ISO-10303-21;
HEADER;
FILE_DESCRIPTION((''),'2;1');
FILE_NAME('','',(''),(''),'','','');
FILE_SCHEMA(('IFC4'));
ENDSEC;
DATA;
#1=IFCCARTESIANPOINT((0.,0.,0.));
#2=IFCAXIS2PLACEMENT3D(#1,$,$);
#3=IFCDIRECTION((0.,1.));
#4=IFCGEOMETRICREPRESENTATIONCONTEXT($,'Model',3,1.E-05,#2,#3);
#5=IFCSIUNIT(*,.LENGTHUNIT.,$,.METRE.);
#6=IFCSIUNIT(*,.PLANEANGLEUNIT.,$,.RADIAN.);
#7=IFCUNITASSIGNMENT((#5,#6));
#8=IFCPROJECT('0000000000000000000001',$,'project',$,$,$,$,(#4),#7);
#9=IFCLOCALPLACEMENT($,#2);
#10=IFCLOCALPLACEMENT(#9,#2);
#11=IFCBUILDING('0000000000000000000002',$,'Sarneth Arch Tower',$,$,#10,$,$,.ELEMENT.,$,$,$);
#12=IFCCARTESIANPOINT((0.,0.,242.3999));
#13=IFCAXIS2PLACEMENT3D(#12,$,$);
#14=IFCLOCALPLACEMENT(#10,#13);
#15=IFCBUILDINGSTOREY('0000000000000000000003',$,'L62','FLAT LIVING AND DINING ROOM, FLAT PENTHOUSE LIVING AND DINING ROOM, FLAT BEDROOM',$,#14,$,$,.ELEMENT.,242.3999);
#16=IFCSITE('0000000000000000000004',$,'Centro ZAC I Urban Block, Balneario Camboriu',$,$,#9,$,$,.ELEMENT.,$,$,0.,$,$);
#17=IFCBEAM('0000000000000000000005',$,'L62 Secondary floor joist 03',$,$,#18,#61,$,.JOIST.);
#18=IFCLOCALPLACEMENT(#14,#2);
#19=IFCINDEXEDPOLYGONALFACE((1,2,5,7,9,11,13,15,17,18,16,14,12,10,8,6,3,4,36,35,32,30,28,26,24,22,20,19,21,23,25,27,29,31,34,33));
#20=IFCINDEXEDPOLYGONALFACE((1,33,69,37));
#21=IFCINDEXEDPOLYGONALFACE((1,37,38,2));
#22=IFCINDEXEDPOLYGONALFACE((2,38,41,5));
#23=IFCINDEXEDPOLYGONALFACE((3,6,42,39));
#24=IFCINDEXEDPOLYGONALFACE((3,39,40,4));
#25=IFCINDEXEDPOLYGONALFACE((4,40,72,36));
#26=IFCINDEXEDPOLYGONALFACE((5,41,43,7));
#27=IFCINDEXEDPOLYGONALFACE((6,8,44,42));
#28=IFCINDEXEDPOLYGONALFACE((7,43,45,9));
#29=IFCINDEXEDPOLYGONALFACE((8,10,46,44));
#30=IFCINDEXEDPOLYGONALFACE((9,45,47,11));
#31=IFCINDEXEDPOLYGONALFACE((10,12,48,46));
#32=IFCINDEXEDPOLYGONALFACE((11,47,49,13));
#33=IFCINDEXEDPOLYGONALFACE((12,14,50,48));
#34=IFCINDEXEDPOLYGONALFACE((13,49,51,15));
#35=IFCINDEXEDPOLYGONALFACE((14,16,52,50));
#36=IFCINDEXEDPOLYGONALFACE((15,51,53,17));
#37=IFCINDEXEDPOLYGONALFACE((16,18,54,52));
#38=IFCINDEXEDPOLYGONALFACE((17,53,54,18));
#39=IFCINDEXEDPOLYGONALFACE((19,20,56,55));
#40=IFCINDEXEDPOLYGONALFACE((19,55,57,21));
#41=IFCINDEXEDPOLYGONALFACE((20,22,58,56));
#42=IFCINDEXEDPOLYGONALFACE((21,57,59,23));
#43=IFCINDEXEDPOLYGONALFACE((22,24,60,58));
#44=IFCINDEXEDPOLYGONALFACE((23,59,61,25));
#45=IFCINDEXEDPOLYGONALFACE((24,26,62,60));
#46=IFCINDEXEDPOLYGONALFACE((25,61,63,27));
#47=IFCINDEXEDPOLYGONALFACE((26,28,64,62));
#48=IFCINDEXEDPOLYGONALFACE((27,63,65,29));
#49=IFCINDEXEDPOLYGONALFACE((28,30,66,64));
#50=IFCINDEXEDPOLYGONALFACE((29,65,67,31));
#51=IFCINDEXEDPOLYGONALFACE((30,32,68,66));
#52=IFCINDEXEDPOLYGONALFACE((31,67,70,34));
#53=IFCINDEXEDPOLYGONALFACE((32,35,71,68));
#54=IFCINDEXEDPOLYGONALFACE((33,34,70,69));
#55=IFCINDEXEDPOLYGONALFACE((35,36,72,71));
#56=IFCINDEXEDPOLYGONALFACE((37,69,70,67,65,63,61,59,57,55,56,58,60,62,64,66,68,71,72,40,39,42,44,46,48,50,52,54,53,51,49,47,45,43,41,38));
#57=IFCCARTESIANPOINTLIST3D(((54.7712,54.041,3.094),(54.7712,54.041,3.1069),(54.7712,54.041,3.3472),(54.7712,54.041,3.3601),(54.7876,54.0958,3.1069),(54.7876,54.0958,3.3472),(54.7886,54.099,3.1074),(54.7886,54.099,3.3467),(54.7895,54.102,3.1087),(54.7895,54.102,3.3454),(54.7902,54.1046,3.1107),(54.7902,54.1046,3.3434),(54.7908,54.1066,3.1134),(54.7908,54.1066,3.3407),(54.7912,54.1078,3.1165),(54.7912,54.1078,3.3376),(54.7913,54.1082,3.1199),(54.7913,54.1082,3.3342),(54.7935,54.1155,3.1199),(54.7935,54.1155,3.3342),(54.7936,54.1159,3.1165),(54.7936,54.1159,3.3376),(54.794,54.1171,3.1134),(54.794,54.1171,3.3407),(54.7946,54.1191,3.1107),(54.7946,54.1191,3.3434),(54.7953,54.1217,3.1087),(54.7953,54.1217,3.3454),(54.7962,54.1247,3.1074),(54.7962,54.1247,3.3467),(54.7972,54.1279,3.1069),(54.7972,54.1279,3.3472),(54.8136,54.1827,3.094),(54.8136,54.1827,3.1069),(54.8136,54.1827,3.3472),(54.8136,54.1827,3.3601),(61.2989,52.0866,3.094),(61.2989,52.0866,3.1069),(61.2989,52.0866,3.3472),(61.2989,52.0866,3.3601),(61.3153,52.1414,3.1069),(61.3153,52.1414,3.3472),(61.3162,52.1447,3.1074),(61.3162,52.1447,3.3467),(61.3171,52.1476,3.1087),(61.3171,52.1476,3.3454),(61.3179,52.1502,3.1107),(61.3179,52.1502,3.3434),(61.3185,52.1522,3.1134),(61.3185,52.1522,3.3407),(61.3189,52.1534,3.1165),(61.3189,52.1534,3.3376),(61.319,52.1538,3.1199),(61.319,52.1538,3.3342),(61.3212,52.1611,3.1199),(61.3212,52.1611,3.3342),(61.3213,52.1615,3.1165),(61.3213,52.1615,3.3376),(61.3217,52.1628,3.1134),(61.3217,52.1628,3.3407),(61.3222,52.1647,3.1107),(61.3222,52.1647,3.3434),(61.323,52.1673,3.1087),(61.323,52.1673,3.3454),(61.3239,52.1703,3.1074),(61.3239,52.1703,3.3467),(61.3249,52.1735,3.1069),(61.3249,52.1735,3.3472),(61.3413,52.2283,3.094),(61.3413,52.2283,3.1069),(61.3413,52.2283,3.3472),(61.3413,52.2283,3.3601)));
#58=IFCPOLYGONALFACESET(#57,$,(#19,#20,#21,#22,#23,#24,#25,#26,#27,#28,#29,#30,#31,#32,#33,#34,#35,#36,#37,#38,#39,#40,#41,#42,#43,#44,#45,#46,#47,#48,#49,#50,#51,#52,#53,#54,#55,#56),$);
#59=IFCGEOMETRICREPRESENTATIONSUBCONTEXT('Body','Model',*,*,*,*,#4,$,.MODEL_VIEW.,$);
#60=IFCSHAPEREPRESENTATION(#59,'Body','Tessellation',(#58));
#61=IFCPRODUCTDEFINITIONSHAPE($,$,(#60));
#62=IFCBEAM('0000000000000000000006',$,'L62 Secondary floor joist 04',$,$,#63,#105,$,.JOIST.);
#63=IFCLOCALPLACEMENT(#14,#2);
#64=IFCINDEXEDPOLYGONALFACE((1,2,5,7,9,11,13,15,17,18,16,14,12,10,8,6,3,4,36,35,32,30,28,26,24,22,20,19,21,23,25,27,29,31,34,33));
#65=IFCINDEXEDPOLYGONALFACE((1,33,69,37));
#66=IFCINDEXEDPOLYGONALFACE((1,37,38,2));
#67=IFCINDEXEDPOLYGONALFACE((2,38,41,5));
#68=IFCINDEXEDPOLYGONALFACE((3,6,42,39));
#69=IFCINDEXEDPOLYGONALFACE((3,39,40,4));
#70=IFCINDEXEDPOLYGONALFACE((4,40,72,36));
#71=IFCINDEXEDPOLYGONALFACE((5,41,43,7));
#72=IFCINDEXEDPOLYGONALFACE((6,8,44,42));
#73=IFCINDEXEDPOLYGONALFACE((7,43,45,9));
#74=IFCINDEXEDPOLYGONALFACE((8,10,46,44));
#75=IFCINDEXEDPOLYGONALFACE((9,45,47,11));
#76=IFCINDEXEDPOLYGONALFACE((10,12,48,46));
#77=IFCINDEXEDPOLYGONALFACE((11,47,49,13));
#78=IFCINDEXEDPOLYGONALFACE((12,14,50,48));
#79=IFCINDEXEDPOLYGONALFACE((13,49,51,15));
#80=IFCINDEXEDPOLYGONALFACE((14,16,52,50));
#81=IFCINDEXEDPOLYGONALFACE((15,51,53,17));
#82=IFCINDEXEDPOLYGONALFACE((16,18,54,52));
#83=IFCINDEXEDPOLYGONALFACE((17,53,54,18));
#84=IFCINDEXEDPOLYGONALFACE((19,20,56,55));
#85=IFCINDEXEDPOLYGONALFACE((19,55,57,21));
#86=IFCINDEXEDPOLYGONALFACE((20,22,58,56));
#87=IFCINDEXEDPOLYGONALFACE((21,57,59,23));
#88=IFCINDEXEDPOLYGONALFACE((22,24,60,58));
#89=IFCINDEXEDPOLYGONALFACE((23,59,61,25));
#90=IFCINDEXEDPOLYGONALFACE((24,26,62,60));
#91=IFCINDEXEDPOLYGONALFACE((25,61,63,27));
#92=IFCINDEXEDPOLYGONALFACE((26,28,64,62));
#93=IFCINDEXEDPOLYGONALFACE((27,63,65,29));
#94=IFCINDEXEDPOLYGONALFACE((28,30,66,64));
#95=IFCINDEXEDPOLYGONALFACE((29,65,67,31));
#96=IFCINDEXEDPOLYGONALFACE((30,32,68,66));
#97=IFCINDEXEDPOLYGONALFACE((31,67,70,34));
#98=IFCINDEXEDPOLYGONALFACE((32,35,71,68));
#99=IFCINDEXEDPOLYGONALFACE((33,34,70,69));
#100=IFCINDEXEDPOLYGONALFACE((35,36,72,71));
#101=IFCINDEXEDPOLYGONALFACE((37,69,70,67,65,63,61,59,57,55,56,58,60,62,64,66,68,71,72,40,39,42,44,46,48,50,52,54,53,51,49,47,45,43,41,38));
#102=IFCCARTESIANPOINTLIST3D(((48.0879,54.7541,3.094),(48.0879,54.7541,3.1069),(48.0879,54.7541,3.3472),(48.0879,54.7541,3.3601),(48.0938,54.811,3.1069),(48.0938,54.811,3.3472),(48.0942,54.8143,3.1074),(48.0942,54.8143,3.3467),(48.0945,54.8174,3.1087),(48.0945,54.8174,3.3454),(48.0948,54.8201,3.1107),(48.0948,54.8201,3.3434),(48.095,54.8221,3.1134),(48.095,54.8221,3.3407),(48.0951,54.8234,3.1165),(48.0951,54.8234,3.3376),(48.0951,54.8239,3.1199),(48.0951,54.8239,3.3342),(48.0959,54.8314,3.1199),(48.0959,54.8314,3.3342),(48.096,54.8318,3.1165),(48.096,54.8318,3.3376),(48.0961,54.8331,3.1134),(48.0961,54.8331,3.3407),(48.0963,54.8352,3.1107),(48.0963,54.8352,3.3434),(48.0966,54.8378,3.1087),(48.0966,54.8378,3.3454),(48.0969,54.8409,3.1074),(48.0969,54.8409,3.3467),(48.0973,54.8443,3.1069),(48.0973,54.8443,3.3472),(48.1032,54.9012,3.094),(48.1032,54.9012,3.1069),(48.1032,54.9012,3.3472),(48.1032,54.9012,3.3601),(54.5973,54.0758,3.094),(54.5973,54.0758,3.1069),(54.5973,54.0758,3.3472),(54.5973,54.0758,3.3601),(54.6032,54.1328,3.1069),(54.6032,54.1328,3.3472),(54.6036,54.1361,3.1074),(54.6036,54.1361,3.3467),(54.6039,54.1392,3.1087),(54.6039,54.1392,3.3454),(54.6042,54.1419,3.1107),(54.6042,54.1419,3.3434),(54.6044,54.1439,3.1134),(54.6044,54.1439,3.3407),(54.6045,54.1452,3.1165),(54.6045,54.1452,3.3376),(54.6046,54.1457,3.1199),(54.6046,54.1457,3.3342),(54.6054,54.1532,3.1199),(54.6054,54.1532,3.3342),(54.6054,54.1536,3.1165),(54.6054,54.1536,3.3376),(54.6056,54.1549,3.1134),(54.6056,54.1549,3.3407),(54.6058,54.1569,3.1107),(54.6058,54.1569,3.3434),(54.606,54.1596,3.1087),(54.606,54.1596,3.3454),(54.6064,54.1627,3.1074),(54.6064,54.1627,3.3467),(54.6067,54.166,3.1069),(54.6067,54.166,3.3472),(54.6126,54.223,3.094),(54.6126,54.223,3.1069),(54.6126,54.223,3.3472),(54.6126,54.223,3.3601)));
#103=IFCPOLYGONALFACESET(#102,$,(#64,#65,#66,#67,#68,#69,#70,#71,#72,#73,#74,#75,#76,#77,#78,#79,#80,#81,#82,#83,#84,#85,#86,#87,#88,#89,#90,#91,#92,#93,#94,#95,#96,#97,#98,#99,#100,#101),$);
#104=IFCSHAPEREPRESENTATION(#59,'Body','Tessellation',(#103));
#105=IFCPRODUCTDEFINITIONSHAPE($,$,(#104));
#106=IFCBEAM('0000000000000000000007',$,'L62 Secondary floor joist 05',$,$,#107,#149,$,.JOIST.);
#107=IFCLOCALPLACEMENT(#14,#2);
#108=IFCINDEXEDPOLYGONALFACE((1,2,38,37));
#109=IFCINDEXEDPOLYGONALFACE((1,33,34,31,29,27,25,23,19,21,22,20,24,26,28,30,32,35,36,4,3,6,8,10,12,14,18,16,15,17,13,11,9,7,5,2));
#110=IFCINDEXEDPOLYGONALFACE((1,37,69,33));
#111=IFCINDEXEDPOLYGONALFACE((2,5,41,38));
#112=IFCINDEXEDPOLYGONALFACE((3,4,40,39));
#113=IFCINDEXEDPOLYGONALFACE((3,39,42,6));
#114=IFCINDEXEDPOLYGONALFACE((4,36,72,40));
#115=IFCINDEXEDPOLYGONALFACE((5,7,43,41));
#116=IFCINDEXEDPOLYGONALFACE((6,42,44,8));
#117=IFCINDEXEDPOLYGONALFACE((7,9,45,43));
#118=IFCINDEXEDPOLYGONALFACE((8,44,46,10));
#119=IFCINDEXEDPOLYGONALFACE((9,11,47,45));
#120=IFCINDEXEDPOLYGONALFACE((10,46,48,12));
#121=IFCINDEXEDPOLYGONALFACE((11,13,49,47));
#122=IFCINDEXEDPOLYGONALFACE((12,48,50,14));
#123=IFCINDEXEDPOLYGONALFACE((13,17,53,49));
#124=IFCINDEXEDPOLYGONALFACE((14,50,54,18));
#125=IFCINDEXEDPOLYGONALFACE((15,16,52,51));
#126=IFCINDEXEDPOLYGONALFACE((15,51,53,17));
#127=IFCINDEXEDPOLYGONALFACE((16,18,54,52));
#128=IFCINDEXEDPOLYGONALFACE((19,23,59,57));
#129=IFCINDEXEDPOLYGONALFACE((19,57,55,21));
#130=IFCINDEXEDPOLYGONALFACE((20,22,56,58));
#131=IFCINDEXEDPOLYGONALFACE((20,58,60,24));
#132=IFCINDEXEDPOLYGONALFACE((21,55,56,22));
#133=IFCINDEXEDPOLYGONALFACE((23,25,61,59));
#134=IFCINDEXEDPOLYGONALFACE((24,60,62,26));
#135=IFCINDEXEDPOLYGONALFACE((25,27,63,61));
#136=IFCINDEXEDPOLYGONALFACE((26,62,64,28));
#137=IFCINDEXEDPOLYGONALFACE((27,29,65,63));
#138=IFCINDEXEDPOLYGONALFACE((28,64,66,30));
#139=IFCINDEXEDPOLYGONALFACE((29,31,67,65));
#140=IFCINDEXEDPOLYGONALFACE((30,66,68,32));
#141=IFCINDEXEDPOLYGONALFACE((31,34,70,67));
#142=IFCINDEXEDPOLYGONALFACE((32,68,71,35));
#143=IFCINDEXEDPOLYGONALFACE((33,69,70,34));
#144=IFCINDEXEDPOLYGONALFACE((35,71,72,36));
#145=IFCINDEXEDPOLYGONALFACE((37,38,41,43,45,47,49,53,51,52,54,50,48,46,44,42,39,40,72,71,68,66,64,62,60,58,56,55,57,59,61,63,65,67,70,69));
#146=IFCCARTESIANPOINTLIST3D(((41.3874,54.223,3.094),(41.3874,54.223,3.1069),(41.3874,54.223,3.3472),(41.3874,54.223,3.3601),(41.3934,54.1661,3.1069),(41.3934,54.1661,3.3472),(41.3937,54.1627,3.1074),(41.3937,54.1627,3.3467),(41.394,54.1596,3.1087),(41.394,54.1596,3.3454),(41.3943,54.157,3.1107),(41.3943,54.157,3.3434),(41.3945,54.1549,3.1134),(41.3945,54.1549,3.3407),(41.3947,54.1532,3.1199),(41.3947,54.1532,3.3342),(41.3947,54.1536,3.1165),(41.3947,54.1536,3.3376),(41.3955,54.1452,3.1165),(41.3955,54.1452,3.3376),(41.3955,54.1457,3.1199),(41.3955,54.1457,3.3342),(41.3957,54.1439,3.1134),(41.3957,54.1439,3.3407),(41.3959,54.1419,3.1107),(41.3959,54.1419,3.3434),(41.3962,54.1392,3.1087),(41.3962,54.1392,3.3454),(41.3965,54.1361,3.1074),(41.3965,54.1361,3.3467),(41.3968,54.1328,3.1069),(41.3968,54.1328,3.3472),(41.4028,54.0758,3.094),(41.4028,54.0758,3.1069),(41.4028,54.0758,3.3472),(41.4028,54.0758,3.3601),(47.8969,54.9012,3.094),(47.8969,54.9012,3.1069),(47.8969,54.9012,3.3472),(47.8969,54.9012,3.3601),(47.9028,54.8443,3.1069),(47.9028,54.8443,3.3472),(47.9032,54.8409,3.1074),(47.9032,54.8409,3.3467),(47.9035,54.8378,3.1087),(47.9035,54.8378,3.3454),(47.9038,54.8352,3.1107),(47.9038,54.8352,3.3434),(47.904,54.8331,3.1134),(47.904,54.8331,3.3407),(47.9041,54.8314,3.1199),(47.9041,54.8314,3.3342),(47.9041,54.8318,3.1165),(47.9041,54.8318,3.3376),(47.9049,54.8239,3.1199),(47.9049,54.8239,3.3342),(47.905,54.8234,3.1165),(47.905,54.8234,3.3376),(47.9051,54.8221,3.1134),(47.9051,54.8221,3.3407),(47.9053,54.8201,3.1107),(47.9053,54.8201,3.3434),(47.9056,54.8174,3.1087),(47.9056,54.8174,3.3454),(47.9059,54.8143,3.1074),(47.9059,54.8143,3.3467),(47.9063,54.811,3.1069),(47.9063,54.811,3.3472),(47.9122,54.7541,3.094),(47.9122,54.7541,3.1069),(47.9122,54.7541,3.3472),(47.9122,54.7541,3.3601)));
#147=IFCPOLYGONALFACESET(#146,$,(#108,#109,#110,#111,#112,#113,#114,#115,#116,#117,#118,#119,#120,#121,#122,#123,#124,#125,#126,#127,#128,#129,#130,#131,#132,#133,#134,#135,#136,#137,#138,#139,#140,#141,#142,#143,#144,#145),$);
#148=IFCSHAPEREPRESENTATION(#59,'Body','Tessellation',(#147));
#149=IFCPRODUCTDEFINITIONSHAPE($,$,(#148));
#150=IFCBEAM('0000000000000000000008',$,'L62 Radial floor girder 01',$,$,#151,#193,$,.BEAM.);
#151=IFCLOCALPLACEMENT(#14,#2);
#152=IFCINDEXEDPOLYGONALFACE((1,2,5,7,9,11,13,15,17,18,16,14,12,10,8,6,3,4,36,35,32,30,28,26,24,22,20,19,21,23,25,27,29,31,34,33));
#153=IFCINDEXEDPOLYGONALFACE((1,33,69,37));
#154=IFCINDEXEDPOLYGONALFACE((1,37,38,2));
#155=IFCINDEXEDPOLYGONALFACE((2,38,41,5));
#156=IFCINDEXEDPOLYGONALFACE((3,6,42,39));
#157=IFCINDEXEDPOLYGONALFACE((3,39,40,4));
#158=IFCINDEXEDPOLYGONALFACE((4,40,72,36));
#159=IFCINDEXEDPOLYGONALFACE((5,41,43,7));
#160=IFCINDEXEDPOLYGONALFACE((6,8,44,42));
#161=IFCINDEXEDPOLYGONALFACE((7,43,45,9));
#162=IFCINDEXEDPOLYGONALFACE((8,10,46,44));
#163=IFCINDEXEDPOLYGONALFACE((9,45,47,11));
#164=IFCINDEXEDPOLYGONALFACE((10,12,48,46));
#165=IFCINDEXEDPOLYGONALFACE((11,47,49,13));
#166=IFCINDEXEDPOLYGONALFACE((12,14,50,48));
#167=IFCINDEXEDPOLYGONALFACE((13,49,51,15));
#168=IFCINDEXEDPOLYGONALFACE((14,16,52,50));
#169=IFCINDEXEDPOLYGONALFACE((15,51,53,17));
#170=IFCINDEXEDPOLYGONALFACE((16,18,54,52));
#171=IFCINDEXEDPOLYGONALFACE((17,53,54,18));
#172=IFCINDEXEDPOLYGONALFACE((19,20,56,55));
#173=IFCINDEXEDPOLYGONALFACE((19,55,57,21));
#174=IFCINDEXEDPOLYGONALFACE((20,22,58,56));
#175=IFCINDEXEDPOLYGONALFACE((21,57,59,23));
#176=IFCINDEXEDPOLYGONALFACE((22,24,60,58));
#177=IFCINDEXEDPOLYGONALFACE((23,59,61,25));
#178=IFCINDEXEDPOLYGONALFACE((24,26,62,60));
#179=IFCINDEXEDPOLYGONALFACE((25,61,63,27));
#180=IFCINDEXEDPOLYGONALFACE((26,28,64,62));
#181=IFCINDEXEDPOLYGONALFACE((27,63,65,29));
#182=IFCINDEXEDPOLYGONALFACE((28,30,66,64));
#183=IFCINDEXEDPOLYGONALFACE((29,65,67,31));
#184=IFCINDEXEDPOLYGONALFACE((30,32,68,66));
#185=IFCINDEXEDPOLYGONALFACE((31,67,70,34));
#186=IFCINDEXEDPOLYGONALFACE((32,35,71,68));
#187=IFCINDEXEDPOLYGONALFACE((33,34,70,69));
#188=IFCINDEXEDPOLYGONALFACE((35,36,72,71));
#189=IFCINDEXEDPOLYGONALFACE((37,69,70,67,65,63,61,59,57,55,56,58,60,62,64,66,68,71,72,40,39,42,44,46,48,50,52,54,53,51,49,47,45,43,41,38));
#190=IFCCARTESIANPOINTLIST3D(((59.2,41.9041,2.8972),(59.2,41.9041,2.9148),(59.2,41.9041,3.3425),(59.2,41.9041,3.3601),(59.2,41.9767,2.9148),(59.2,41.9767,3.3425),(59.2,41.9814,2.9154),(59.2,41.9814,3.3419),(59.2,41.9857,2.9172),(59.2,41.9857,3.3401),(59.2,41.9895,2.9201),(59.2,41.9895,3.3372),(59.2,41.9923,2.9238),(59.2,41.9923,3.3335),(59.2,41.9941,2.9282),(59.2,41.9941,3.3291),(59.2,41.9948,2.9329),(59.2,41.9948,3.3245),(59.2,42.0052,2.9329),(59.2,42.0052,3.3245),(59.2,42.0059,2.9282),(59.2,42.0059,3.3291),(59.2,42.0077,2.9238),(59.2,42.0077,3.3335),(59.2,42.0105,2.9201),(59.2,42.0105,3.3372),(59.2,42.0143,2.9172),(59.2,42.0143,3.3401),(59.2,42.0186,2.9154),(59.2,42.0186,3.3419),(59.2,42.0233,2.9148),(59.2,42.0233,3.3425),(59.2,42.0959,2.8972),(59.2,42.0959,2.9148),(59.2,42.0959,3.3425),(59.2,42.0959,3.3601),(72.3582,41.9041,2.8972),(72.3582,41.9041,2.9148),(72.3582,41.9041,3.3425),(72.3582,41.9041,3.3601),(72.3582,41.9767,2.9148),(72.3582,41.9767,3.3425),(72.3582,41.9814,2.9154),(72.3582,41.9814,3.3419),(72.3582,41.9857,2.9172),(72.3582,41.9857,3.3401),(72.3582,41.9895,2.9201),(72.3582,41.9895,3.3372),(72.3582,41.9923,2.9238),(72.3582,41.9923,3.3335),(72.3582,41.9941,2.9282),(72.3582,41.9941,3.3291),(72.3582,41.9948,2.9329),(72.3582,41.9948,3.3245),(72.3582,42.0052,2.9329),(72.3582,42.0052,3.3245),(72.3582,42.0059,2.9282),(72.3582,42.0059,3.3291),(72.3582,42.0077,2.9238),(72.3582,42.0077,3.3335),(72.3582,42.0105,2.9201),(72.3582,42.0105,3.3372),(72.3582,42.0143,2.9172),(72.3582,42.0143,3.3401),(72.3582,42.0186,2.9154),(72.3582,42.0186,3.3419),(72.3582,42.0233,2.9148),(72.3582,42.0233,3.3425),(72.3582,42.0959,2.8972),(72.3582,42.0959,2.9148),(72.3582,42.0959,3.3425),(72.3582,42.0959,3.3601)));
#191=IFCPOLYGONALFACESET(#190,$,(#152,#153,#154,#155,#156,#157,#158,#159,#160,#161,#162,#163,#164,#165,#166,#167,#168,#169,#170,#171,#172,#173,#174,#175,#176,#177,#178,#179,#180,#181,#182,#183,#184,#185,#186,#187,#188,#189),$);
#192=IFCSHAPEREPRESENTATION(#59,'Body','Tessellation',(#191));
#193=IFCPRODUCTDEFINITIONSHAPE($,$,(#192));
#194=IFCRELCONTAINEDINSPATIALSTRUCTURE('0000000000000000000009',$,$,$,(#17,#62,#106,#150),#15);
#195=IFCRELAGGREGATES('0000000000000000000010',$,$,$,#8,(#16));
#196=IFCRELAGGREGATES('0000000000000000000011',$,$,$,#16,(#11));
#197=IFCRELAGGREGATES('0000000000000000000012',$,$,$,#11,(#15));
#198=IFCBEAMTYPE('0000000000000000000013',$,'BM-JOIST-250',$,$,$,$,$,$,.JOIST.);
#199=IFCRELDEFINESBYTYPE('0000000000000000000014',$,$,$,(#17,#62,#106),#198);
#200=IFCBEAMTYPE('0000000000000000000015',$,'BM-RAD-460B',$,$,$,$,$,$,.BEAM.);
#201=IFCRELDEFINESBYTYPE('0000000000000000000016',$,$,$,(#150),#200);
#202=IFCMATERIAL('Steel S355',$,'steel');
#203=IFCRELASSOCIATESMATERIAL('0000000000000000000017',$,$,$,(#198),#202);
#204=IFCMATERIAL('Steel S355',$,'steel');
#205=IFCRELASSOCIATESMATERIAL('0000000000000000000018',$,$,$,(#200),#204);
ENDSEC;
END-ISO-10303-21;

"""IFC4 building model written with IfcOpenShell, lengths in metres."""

from ifc_helpers import new_model, si_unit, direction, frame, origin, origin_2d, place, context, subcontext, project, spatial, i_section, extrude, material, material_profile, profile_set, type_object, element, save


model = new_model("IFC4")

# Units and contexts
model_context = context("Model", 3, precision=1e-05, world=origin(), true_north=direction((0.0, 1.0)))
body_context = subcontext(model_context, "Body", "Model", "MODEL_VIEW")
ifc_project = project(units=[si_unit("LENGTHUNIT", "METRE"), si_unit("PLANEANGLEUNIT", "RADIAN")], contexts=[model_context])

# Site, building, storey
site_placement = place(None, origin())
site = spatial("IfcSite", under=ifc_project, at=site_placement, Name="Centro ZAC I Urban Block, Balneario Camboriu", CompositionType="ELEMENT", RefElevation=0.0)
building_placement = place(site_placement, origin())
building = spatial("IfcBuilding", under=site, at=building_placement, Name="Sarneth Arch Tower", CompositionType="ELEMENT")
storey_placement = place(building_placement, frame((0.0, 0.0, 242.3999)))
storey = spatial("IfcBuildingStorey", under=building, at=storey_placement, Name="L62", Description="FLAT LIVING AND DINING ROOM, FLAT PENTHOUSE LIVING AND DINING ROOM, FLAT BEDROOM", CompositionType="ELEMENT", Elevation=242.3999)

# Beams
ifc_material_1 = material(Name="Steel S355", Category="steel")
ifc_material_profile_1 = material_profile(ifc_material_1, i_section(OverallWidth=0.1479, OverallDepth=0.2661, WebThickness=0.0076, FlangeThickness=0.0129, FilletRadius=0.0129, at=origin_2d()), Name="W250x44.8")
ifc_profile_set_1 = profile_set([ifc_material_profile_1], Name="Steel S355")
beam_type_1 = type_object("IfcBeamType", Name="BM-JOIST-250", PredefinedType="JOIST", material=ifc_profile_set_1)
beam_1_placement = place(storey_placement, frame((61.3201, 52.1575, 3.2271), z_axis=(-0.957985, 0.286819, 0.0), x_axis=(-0.286819, -0.957985, 0.0)))
element("IfcBeam", 1, at=beam_1_placement, inside=storey, type_object=beam_type_1, Name="L62 Secondary floor joist 03", PredefinedType="JOIST", context=body_context, shape_type="SweptSolid", body=[
    extrude(i_section(OverallWidth=0.1479, OverallDepth=0.2661, WebThickness=0.0076, FlangeThickness=0.0129, FilletRadius=0.0129, at=origin_2d()), origin(), (0.0, 0.0, 1.0), 6.814),
])
for number, where, z_axis, x_axis, name in (
    (2, (54.605, 54.1494, 3.2271), (-0.994616, 0.103628, 0.0), (-0.103628, -0.994616, 0.0), "L62 Secondary floor joist 04"),
    (3, (47.9045, 54.8276, 3.2271), (-0.994616, -0.103628, 0.0), (0.103628, -0.994616, 0.0), "L62 Secondary floor joist 05"),
):
    element("IfcBeam", number, at=place(storey_placement, frame(where, z_axis=z_axis, x_axis=x_axis)), inside=storey, type_object=beam_type_1, Name=name, PredefinedType="JOIST", context=body_context, shape_type="SweptSolid", body=[
        extrude(i_section(OverallWidth=0.1479, OverallDepth=0.2661, WebThickness=0.0076, FlangeThickness=0.0129, FilletRadius=0.0129, at=origin_2d()), origin(), (0.0, 0.0, 1.0), 6.5447),
    ])
ifc_material_2 = material(Name="Steel S355", Category="steel")
ifc_material_profile_2 = material_profile(ifc_material_2, i_section(OverallWidth=0.1919, OverallDepth=0.4629, WebThickness=0.0105, FlangeThickness=0.0176, FilletRadius=0.0181, at=origin_2d()), Name="W460x89")
ifc_profile_set_2 = profile_set([ifc_material_profile_2], Name="Steel S355")
beam_type_2 = type_object("IfcBeamType", Name="BM-RAD-460B", PredefinedType="BEAM", material=ifc_profile_set_2)
beam_2_placement = place(storey_placement, frame((59.2, 42.0, 3.1287), z_axis=(1.0, 0.0, 0.0), x_axis=(0.0, 1.0, 0.0)))
element("IfcBeam", 4, at=beam_2_placement, inside=storey, type_object=beam_type_2, Name="L62 Radial floor girder 01", PredefinedType="BEAM", context=body_context, shape_type="SweptSolid", body=[
    extrude(i_section(OverallWidth=0.1919, OverallDepth=0.4629, WebThickness=0.0105, FlangeThickness=0.0176, FilletRadius=0.0181, at=origin_2d()), origin(), (0.0, 0.0, 1.0), 13.1582),
])

save(model, "model.ifc")
